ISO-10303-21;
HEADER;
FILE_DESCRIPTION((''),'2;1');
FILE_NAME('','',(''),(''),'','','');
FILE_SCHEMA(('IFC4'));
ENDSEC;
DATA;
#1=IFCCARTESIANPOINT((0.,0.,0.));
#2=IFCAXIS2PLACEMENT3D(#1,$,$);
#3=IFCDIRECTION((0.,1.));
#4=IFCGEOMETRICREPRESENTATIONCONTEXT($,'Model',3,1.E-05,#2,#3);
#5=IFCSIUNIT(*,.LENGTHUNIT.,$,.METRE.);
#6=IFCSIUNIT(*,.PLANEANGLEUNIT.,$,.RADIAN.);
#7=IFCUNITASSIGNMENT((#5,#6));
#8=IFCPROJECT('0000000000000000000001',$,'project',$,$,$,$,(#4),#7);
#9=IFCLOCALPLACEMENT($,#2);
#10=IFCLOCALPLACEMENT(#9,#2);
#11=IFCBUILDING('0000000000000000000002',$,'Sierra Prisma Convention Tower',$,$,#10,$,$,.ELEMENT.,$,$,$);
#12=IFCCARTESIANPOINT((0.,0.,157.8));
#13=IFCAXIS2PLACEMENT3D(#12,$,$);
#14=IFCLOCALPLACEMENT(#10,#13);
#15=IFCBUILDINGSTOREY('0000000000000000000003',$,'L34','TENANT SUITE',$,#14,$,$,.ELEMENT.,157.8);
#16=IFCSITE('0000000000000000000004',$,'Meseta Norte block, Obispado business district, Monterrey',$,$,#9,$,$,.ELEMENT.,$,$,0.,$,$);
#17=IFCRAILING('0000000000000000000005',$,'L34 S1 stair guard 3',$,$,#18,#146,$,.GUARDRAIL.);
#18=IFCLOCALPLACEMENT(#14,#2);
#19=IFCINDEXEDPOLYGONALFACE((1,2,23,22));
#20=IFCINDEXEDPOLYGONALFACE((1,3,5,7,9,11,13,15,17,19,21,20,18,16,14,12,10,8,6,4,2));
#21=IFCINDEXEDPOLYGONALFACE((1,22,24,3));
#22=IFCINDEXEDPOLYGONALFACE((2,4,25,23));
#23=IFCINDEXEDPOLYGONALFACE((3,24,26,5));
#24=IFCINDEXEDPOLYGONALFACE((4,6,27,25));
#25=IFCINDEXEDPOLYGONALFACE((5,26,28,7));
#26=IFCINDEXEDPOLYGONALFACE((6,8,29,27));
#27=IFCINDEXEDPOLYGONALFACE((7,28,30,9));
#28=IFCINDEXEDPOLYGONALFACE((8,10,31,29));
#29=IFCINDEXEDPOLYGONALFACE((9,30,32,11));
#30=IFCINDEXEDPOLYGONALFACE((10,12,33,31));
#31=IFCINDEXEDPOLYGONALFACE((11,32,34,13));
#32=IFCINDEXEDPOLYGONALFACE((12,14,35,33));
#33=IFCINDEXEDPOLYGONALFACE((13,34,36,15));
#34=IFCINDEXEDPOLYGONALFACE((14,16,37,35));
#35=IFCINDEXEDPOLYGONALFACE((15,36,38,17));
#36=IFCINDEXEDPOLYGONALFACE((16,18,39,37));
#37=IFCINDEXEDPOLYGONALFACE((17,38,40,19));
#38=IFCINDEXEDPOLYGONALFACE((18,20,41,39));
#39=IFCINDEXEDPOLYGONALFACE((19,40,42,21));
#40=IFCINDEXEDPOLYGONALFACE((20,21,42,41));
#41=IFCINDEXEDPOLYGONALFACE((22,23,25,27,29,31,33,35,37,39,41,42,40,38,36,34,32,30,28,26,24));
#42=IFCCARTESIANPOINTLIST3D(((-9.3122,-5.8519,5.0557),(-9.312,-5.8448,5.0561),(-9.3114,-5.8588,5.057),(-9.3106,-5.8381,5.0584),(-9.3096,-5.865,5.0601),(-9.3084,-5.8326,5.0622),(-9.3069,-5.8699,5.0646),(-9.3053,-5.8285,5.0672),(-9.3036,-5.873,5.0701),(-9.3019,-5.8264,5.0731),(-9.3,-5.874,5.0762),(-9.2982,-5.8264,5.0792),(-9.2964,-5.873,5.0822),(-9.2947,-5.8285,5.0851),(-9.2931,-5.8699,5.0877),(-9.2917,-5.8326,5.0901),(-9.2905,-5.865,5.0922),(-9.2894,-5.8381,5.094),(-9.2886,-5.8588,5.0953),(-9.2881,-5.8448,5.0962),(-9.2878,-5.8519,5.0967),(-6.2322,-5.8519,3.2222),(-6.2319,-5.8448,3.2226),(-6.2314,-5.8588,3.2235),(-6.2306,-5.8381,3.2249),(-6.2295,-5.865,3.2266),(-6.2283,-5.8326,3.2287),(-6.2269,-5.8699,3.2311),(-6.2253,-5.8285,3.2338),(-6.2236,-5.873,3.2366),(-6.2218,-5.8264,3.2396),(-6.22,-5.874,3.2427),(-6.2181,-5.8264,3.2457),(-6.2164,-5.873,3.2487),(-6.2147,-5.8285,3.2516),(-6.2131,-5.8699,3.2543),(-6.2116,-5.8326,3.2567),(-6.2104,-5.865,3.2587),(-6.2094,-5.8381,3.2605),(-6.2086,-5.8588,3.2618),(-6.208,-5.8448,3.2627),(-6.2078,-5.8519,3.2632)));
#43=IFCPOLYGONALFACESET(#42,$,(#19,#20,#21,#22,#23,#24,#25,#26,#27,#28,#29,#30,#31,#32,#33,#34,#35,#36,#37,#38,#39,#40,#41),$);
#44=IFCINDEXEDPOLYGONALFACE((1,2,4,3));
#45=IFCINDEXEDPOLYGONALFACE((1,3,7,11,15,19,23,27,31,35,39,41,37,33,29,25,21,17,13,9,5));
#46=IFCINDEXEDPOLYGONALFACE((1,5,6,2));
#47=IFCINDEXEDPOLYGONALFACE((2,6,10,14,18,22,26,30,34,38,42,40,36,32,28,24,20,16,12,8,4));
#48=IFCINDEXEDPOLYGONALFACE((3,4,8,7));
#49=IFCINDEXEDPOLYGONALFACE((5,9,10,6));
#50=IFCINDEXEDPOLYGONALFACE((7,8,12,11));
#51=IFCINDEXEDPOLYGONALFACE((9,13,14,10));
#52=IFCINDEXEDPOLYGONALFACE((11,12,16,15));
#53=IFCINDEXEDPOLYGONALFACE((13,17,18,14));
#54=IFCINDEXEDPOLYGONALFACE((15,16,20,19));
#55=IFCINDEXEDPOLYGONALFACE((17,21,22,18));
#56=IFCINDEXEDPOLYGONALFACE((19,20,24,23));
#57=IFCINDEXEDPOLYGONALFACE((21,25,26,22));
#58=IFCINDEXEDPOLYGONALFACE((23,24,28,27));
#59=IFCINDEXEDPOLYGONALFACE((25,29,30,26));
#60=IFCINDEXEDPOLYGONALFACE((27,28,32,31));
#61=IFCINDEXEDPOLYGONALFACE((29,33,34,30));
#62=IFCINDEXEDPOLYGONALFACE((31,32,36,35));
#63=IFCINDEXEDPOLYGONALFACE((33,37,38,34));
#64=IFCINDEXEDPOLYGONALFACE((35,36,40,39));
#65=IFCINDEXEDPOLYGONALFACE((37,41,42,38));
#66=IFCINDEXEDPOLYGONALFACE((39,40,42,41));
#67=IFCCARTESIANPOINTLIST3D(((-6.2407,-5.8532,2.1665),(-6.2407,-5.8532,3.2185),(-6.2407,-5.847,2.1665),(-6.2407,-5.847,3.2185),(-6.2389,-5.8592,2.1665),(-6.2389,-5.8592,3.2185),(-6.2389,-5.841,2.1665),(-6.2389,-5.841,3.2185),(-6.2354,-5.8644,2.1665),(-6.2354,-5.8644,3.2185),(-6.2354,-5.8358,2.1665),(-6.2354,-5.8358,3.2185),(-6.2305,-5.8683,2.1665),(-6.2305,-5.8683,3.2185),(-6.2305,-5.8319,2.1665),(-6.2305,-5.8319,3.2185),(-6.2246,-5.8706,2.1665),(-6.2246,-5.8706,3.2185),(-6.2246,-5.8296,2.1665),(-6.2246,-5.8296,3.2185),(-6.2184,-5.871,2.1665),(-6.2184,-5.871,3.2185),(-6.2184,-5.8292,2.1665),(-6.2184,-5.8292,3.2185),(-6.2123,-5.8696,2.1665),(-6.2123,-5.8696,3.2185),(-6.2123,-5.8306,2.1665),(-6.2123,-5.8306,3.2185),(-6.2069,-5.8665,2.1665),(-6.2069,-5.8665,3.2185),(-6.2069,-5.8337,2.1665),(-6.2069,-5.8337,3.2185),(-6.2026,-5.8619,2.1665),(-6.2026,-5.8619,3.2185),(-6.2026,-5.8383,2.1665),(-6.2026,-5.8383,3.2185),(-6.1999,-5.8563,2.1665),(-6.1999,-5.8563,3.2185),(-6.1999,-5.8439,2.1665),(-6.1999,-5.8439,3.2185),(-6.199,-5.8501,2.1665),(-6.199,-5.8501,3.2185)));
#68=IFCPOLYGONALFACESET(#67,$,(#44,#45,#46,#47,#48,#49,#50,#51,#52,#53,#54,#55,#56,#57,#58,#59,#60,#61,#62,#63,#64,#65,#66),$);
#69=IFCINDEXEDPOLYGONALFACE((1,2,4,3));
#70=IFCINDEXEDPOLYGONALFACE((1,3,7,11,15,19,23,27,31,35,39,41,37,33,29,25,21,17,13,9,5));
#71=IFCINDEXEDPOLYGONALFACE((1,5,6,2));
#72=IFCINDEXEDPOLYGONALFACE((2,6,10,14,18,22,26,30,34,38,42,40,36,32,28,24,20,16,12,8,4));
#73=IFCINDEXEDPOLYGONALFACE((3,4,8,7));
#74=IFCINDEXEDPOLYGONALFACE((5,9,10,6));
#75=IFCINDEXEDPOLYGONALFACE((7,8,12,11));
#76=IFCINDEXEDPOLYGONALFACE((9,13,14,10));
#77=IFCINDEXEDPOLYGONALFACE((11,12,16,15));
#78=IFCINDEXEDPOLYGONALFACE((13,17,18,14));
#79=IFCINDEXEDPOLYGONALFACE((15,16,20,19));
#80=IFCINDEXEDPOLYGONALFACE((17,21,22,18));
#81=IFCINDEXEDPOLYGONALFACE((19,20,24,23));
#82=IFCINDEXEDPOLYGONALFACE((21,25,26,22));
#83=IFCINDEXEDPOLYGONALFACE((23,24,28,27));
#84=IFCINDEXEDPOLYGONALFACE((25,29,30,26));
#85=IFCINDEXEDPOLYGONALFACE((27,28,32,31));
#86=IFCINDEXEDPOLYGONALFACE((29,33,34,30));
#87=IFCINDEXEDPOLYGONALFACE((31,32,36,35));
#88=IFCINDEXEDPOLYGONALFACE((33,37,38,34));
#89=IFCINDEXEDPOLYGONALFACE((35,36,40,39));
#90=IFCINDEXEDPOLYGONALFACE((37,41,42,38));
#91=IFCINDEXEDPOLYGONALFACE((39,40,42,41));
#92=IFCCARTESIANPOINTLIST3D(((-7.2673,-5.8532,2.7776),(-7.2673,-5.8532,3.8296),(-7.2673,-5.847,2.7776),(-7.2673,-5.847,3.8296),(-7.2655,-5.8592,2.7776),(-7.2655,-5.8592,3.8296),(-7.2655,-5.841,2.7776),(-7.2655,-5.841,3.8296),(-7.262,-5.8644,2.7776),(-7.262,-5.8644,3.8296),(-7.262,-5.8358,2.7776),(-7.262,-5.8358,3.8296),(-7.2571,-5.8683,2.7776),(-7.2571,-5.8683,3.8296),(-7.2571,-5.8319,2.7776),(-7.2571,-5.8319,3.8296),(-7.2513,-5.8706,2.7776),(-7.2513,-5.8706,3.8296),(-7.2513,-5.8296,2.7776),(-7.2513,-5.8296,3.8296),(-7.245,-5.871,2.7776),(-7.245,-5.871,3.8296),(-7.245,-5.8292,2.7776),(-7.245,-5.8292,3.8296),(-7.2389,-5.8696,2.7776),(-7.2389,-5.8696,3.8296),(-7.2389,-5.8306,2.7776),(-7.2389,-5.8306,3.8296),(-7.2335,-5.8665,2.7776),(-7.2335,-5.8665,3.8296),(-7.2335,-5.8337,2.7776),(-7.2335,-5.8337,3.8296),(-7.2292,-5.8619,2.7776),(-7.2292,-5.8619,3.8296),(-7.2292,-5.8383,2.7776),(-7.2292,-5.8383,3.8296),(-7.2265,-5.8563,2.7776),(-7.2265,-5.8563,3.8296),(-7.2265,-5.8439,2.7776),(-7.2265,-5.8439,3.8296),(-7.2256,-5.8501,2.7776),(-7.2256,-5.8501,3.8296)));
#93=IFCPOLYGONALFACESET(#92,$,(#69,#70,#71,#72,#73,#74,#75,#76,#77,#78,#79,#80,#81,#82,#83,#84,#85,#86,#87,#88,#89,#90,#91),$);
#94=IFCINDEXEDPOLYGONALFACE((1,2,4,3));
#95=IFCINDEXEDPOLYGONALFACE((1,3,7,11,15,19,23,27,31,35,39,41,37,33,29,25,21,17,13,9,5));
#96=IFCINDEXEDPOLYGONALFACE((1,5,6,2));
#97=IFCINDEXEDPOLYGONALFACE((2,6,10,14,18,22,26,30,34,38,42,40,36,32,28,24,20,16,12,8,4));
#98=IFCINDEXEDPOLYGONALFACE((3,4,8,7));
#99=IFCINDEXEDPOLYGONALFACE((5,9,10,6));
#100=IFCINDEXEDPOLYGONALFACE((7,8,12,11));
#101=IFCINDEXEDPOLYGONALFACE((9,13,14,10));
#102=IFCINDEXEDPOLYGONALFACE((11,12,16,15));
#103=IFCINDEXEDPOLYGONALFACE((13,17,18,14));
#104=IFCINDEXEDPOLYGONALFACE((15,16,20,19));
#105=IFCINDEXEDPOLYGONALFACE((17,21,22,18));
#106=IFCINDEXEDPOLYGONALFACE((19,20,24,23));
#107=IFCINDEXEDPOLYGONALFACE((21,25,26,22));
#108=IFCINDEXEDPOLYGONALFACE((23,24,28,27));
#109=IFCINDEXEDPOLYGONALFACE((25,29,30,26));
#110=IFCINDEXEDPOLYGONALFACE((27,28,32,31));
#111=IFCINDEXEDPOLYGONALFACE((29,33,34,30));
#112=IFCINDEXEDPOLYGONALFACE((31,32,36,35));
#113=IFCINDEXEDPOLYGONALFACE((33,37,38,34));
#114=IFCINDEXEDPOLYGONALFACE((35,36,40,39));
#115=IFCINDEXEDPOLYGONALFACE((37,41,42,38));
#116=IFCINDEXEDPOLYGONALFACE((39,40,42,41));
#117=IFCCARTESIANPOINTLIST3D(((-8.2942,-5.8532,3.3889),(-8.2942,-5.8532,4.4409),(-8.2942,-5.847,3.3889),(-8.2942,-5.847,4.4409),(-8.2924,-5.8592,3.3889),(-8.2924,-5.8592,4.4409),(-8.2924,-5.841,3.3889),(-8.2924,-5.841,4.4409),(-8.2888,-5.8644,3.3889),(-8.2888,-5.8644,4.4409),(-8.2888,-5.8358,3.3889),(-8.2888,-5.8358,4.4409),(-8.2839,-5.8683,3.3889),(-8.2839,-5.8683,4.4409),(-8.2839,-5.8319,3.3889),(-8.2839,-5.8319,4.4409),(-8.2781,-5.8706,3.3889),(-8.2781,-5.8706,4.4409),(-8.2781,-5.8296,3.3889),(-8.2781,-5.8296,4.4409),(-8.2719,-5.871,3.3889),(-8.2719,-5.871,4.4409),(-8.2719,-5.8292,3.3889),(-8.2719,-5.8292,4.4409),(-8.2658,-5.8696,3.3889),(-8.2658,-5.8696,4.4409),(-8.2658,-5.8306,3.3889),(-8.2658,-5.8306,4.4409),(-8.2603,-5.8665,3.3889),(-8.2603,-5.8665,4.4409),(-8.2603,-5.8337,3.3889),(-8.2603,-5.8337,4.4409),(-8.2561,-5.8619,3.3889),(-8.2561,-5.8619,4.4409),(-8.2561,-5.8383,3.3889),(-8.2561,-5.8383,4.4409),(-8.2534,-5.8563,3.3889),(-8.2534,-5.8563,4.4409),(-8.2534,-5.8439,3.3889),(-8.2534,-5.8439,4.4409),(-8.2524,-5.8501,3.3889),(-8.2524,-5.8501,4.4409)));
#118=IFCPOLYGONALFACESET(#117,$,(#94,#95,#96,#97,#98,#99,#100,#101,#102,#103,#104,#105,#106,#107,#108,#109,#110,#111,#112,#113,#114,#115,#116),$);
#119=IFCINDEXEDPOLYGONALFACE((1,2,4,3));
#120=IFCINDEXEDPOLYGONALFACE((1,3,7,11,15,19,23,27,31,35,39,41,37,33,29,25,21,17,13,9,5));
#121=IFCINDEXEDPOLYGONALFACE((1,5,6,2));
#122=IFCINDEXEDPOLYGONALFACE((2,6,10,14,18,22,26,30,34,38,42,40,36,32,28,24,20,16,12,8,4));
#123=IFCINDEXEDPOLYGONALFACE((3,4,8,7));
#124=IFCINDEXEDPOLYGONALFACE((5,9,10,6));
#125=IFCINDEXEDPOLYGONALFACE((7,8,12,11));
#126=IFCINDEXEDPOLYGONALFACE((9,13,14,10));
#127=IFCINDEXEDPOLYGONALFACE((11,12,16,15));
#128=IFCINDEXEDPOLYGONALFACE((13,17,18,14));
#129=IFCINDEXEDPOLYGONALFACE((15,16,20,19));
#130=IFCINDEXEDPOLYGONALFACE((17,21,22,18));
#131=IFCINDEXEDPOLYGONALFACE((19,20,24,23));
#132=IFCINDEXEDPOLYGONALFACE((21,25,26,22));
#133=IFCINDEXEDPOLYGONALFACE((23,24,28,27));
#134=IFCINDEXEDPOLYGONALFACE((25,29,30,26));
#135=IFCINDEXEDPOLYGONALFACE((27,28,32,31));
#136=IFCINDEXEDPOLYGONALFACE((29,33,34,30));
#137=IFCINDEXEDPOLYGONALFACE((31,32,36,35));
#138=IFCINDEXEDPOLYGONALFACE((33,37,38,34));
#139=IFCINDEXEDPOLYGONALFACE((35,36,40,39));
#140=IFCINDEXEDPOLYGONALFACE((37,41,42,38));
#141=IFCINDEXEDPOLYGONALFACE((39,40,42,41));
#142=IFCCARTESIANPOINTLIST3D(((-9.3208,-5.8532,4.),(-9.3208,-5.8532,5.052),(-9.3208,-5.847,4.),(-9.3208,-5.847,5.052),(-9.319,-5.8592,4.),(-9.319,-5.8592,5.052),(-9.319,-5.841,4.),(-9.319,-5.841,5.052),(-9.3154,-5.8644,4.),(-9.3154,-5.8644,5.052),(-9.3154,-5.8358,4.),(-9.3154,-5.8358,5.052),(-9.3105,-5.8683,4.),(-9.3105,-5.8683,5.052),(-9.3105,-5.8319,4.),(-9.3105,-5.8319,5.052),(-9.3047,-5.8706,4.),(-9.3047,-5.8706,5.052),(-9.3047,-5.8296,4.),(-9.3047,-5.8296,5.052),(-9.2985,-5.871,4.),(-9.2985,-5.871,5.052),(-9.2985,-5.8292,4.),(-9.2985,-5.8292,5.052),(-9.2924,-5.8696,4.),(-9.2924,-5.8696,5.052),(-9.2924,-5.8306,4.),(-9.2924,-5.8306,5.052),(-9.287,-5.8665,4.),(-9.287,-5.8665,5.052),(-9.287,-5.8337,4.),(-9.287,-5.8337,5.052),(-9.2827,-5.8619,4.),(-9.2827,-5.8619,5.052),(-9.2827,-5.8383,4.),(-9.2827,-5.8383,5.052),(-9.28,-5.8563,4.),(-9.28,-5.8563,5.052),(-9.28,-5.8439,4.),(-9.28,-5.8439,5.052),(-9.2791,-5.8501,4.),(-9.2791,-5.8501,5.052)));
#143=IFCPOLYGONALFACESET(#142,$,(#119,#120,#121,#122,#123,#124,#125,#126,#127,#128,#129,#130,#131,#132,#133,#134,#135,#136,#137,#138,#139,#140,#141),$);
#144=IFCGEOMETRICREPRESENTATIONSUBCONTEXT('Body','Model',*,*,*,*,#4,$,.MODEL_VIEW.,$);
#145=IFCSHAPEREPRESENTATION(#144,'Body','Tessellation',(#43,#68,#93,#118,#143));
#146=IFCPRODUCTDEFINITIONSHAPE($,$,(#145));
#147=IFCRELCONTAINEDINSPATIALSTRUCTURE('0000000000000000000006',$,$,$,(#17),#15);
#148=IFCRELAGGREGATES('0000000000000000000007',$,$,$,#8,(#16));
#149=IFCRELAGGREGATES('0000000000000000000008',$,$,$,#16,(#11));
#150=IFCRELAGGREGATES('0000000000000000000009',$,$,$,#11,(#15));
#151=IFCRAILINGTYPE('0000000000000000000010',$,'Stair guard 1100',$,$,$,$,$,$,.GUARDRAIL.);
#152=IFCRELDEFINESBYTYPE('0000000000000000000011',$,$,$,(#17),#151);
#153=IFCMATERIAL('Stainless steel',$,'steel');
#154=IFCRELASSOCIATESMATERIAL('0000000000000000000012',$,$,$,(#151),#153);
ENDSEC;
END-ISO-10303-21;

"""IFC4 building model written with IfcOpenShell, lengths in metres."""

from ifc_helpers import new_model, si_unit, direction, frame, origin, origin_2d, place, context, subcontext, project, spatial, circle, extrude, material, type_object, element, save


model = new_model("IFC4")

# Units and contexts
model_context = context("Model", 3, precision=1e-05, world=origin(), true_north=direction((0.0, 1.0)))
body_context = subcontext(model_context, "Body", "Model", "MODEL_VIEW")
ifc_project = project(units=[si_unit("LENGTHUNIT", "METRE"), si_unit("PLANEANGLEUNIT", "RADIAN")], contexts=[model_context])

# Site, building, storey
site_placement = place(None, origin())
site = spatial("IfcSite", under=ifc_project, at=site_placement, Name="Meseta Norte block, Obispado business district, Monterrey", CompositionType="ELEMENT", RefElevation=0.0)
building_placement = place(site_placement, origin())
building = spatial("IfcBuilding", under=site, at=building_placement, Name="Sierra Prisma Convention Tower", CompositionType="ELEMENT")
storey_placement = place(building_placement, frame((0.0, 0.0, 157.8)))
storey = spatial("IfcBuildingStorey", under=building, at=storey_placement, Name="L34", Description="TENANT SUITE", CompositionType="ELEMENT", Elevation=157.8)

# Railing
ifc_material_1 = material(Name="Stainless steel", Category="steel")
railing_type_1 = type_object("IfcRailingType", Name="Stair guard 1100", PredefinedType="GUARDRAIL", material=ifc_material_1)
railing_1_placement = place(storey_placement, frame((-6.22, -5.8501, 2.1665)))
element("IfcRailing", 1, at=railing_1_placement, inside=storey, type_object=railing_type_1, Name="L34 S1 stair guard 3", PredefinedType="GUARDRAIL", context=body_context, shape_type="SweptSolid", body=[
    extrude(circle(Radius=0.0239, at=origin_2d()), frame((0.0, 0.0, 1.0762), z_axis=(-0.859279, 0.0, 0.511508), x_axis=(0.0, -1.0, 0.0)), (0.0, 0.0, 1.0), 3.5845),
    extrude(circle(Radius=0.021, at=origin_2d()), origin(), (0.0, 0.0, 1.0), 1.052),
    extrude(circle(Radius=0.021, at=origin_2d()), frame((-1.0266, 0.0, 0.6111)), (0.0, 0.0, 1.0), 1.052),
    extrude(circle(Radius=0.021, at=origin_2d()), frame((-2.0535, 0.0, 1.2224)), (0.0, 0.0, 1.0), 1.052),
    extrude(circle(Radius=0.021, at=origin_2d()), frame((-3.0801, 0.0, 1.8335)), (0.0, 0.0, 1.0), 1.052),
])

save(model, "model.ifc")
